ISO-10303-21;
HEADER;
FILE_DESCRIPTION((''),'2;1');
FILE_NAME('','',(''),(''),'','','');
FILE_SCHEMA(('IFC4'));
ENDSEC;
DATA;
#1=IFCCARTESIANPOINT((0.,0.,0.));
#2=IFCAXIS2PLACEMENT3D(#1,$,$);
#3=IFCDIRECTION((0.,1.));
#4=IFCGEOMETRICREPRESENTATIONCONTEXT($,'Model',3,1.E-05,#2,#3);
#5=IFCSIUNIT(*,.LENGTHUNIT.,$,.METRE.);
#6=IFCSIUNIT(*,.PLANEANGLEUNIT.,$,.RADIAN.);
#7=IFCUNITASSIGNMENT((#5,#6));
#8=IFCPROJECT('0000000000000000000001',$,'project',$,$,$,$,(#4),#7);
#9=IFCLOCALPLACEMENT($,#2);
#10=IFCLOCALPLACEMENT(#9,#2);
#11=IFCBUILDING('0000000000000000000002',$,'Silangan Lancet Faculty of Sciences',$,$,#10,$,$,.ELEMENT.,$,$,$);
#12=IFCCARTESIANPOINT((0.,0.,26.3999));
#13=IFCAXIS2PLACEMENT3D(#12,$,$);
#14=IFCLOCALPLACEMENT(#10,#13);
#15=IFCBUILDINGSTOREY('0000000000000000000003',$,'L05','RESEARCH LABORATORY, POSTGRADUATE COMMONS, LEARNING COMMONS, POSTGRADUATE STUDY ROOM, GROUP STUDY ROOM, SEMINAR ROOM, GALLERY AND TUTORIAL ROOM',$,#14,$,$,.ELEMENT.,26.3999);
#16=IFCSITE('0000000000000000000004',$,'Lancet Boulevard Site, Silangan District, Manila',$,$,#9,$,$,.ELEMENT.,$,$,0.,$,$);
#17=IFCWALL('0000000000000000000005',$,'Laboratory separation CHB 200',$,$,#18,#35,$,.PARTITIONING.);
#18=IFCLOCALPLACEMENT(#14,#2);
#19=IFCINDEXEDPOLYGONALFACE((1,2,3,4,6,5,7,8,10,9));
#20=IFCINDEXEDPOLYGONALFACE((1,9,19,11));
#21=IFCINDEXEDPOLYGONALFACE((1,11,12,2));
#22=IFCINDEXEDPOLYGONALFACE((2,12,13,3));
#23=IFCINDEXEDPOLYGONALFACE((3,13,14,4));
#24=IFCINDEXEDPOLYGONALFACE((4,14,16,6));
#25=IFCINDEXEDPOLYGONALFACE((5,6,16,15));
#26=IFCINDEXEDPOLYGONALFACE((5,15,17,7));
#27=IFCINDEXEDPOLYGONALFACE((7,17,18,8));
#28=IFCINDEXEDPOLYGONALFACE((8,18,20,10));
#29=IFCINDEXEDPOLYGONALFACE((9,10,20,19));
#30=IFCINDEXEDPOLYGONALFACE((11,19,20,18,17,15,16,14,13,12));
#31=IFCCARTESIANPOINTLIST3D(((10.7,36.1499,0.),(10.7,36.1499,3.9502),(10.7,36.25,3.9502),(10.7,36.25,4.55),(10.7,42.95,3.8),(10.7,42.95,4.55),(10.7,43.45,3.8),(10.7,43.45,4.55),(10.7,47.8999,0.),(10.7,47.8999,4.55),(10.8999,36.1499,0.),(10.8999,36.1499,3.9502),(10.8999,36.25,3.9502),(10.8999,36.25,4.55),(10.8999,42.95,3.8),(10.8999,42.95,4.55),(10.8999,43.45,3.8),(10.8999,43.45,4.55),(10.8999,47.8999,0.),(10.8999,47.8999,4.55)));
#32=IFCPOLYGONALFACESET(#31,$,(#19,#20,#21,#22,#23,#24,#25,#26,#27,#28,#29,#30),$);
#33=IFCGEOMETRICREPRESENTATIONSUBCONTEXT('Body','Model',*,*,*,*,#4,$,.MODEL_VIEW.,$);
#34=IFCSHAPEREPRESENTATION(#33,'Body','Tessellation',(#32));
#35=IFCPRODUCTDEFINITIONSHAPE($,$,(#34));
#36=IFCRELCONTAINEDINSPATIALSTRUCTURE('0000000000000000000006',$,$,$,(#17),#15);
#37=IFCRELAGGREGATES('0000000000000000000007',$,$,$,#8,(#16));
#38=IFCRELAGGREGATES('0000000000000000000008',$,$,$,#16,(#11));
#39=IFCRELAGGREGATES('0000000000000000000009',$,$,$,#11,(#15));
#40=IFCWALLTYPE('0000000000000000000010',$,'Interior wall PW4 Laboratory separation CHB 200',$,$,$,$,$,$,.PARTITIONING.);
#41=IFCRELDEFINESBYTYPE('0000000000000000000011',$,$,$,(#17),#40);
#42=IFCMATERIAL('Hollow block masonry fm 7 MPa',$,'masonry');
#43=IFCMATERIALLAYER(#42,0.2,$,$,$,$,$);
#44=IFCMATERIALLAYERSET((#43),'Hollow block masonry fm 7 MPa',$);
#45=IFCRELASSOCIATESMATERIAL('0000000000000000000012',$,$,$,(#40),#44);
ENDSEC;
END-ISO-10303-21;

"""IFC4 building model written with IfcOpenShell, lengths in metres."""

from ifc_helpers import new_model, si_unit, direction, frame, origin, place, context, subcontext, project, spatial, polyline, outline, extrude, material, layer, layer_set, type_object, element, save


model = new_model("IFC4")

# Units and contexts
model_context = context("Model", 3, precision=1e-05, world=origin(), true_north=direction((0.0, 1.0)))
body_context = subcontext(model_context, "Body", "Model", "MODEL_VIEW")
ifc_project = project(units=[si_unit("LENGTHUNIT", "METRE"), si_unit("PLANEANGLEUNIT", "RADIAN")], contexts=[model_context])

# Site, building, storey
site_placement = place(None, origin())
site = spatial("IfcSite", under=ifc_project, at=site_placement, Name="Lancet Boulevard Site, Silangan District, Manila", CompositionType="ELEMENT", RefElevation=0.0)
building_placement = place(site_placement, origin())
building = spatial("IfcBuilding", under=site, at=building_placement, Name="Silangan Lancet Faculty of Sciences", CompositionType="ELEMENT")
storey_placement = place(building_placement, frame((0.0, 0.0, 26.3999)))
storey = spatial("IfcBuildingStorey", under=building, at=storey_placement, Name="L05", Description="RESEARCH LABORATORY, POSTGRADUATE COMMONS, LEARNING COMMONS, POSTGRADUATE STUDY ROOM, GROUP STUDY ROOM, SEMINAR ROOM, GALLERY AND TUTORIAL ROOM", CompositionType="ELEMENT", Elevation=26.3999)

# Shared definitions
ifc_material_1 = material(Name="Hollow block masonry fm 7 MPa", Category="masonry")
ifc_layer_1 = layer(ifc_material_1, 0.2)
ifc_layer_set_1 = layer_set([ifc_layer_1], Name="Hollow block masonry fm 7 MPa")
wall_type = type_object("IfcWallType", Name="Interior wall PW4 Laboratory separation CHB 200", PredefinedType="PARTITIONING", material=ifc_layer_set_1)

# Wall
wall_1_placement = place(storey_placement, frame((10.8, 36.1499, 0.0), z_axis=(0.0, 0.0, 1.0), x_axis=(0.0, 1.0, 0.0)))
element("IfcWall", 1, at=wall_1_placement, inside=storey, type_object=wall_type, Name="Laboratory separation CHB 200", PredefinedType="PARTITIONING", context=body_context, shape_type="SweptSolid", body=[
    extrude(outline(polyline([(0.0, 0.0), (11.75, 0.0), (11.75, 4.55), (7.3, 4.55), (7.3, 3.8), (6.8, 3.8), (6.8, 4.55), (0.1001, 4.55), (0.1001, 3.9502), (0.0, 3.9502), (0.0, 0.0)])), frame((0.0, 0.1001, 0.0), z_axis=(0.0, -1.0, 0.0), x_axis=(1.0, 0.0, 0.0)), (0.0, 0.0, 1.0), 0.2),
])

save(model, "model.ifc")
